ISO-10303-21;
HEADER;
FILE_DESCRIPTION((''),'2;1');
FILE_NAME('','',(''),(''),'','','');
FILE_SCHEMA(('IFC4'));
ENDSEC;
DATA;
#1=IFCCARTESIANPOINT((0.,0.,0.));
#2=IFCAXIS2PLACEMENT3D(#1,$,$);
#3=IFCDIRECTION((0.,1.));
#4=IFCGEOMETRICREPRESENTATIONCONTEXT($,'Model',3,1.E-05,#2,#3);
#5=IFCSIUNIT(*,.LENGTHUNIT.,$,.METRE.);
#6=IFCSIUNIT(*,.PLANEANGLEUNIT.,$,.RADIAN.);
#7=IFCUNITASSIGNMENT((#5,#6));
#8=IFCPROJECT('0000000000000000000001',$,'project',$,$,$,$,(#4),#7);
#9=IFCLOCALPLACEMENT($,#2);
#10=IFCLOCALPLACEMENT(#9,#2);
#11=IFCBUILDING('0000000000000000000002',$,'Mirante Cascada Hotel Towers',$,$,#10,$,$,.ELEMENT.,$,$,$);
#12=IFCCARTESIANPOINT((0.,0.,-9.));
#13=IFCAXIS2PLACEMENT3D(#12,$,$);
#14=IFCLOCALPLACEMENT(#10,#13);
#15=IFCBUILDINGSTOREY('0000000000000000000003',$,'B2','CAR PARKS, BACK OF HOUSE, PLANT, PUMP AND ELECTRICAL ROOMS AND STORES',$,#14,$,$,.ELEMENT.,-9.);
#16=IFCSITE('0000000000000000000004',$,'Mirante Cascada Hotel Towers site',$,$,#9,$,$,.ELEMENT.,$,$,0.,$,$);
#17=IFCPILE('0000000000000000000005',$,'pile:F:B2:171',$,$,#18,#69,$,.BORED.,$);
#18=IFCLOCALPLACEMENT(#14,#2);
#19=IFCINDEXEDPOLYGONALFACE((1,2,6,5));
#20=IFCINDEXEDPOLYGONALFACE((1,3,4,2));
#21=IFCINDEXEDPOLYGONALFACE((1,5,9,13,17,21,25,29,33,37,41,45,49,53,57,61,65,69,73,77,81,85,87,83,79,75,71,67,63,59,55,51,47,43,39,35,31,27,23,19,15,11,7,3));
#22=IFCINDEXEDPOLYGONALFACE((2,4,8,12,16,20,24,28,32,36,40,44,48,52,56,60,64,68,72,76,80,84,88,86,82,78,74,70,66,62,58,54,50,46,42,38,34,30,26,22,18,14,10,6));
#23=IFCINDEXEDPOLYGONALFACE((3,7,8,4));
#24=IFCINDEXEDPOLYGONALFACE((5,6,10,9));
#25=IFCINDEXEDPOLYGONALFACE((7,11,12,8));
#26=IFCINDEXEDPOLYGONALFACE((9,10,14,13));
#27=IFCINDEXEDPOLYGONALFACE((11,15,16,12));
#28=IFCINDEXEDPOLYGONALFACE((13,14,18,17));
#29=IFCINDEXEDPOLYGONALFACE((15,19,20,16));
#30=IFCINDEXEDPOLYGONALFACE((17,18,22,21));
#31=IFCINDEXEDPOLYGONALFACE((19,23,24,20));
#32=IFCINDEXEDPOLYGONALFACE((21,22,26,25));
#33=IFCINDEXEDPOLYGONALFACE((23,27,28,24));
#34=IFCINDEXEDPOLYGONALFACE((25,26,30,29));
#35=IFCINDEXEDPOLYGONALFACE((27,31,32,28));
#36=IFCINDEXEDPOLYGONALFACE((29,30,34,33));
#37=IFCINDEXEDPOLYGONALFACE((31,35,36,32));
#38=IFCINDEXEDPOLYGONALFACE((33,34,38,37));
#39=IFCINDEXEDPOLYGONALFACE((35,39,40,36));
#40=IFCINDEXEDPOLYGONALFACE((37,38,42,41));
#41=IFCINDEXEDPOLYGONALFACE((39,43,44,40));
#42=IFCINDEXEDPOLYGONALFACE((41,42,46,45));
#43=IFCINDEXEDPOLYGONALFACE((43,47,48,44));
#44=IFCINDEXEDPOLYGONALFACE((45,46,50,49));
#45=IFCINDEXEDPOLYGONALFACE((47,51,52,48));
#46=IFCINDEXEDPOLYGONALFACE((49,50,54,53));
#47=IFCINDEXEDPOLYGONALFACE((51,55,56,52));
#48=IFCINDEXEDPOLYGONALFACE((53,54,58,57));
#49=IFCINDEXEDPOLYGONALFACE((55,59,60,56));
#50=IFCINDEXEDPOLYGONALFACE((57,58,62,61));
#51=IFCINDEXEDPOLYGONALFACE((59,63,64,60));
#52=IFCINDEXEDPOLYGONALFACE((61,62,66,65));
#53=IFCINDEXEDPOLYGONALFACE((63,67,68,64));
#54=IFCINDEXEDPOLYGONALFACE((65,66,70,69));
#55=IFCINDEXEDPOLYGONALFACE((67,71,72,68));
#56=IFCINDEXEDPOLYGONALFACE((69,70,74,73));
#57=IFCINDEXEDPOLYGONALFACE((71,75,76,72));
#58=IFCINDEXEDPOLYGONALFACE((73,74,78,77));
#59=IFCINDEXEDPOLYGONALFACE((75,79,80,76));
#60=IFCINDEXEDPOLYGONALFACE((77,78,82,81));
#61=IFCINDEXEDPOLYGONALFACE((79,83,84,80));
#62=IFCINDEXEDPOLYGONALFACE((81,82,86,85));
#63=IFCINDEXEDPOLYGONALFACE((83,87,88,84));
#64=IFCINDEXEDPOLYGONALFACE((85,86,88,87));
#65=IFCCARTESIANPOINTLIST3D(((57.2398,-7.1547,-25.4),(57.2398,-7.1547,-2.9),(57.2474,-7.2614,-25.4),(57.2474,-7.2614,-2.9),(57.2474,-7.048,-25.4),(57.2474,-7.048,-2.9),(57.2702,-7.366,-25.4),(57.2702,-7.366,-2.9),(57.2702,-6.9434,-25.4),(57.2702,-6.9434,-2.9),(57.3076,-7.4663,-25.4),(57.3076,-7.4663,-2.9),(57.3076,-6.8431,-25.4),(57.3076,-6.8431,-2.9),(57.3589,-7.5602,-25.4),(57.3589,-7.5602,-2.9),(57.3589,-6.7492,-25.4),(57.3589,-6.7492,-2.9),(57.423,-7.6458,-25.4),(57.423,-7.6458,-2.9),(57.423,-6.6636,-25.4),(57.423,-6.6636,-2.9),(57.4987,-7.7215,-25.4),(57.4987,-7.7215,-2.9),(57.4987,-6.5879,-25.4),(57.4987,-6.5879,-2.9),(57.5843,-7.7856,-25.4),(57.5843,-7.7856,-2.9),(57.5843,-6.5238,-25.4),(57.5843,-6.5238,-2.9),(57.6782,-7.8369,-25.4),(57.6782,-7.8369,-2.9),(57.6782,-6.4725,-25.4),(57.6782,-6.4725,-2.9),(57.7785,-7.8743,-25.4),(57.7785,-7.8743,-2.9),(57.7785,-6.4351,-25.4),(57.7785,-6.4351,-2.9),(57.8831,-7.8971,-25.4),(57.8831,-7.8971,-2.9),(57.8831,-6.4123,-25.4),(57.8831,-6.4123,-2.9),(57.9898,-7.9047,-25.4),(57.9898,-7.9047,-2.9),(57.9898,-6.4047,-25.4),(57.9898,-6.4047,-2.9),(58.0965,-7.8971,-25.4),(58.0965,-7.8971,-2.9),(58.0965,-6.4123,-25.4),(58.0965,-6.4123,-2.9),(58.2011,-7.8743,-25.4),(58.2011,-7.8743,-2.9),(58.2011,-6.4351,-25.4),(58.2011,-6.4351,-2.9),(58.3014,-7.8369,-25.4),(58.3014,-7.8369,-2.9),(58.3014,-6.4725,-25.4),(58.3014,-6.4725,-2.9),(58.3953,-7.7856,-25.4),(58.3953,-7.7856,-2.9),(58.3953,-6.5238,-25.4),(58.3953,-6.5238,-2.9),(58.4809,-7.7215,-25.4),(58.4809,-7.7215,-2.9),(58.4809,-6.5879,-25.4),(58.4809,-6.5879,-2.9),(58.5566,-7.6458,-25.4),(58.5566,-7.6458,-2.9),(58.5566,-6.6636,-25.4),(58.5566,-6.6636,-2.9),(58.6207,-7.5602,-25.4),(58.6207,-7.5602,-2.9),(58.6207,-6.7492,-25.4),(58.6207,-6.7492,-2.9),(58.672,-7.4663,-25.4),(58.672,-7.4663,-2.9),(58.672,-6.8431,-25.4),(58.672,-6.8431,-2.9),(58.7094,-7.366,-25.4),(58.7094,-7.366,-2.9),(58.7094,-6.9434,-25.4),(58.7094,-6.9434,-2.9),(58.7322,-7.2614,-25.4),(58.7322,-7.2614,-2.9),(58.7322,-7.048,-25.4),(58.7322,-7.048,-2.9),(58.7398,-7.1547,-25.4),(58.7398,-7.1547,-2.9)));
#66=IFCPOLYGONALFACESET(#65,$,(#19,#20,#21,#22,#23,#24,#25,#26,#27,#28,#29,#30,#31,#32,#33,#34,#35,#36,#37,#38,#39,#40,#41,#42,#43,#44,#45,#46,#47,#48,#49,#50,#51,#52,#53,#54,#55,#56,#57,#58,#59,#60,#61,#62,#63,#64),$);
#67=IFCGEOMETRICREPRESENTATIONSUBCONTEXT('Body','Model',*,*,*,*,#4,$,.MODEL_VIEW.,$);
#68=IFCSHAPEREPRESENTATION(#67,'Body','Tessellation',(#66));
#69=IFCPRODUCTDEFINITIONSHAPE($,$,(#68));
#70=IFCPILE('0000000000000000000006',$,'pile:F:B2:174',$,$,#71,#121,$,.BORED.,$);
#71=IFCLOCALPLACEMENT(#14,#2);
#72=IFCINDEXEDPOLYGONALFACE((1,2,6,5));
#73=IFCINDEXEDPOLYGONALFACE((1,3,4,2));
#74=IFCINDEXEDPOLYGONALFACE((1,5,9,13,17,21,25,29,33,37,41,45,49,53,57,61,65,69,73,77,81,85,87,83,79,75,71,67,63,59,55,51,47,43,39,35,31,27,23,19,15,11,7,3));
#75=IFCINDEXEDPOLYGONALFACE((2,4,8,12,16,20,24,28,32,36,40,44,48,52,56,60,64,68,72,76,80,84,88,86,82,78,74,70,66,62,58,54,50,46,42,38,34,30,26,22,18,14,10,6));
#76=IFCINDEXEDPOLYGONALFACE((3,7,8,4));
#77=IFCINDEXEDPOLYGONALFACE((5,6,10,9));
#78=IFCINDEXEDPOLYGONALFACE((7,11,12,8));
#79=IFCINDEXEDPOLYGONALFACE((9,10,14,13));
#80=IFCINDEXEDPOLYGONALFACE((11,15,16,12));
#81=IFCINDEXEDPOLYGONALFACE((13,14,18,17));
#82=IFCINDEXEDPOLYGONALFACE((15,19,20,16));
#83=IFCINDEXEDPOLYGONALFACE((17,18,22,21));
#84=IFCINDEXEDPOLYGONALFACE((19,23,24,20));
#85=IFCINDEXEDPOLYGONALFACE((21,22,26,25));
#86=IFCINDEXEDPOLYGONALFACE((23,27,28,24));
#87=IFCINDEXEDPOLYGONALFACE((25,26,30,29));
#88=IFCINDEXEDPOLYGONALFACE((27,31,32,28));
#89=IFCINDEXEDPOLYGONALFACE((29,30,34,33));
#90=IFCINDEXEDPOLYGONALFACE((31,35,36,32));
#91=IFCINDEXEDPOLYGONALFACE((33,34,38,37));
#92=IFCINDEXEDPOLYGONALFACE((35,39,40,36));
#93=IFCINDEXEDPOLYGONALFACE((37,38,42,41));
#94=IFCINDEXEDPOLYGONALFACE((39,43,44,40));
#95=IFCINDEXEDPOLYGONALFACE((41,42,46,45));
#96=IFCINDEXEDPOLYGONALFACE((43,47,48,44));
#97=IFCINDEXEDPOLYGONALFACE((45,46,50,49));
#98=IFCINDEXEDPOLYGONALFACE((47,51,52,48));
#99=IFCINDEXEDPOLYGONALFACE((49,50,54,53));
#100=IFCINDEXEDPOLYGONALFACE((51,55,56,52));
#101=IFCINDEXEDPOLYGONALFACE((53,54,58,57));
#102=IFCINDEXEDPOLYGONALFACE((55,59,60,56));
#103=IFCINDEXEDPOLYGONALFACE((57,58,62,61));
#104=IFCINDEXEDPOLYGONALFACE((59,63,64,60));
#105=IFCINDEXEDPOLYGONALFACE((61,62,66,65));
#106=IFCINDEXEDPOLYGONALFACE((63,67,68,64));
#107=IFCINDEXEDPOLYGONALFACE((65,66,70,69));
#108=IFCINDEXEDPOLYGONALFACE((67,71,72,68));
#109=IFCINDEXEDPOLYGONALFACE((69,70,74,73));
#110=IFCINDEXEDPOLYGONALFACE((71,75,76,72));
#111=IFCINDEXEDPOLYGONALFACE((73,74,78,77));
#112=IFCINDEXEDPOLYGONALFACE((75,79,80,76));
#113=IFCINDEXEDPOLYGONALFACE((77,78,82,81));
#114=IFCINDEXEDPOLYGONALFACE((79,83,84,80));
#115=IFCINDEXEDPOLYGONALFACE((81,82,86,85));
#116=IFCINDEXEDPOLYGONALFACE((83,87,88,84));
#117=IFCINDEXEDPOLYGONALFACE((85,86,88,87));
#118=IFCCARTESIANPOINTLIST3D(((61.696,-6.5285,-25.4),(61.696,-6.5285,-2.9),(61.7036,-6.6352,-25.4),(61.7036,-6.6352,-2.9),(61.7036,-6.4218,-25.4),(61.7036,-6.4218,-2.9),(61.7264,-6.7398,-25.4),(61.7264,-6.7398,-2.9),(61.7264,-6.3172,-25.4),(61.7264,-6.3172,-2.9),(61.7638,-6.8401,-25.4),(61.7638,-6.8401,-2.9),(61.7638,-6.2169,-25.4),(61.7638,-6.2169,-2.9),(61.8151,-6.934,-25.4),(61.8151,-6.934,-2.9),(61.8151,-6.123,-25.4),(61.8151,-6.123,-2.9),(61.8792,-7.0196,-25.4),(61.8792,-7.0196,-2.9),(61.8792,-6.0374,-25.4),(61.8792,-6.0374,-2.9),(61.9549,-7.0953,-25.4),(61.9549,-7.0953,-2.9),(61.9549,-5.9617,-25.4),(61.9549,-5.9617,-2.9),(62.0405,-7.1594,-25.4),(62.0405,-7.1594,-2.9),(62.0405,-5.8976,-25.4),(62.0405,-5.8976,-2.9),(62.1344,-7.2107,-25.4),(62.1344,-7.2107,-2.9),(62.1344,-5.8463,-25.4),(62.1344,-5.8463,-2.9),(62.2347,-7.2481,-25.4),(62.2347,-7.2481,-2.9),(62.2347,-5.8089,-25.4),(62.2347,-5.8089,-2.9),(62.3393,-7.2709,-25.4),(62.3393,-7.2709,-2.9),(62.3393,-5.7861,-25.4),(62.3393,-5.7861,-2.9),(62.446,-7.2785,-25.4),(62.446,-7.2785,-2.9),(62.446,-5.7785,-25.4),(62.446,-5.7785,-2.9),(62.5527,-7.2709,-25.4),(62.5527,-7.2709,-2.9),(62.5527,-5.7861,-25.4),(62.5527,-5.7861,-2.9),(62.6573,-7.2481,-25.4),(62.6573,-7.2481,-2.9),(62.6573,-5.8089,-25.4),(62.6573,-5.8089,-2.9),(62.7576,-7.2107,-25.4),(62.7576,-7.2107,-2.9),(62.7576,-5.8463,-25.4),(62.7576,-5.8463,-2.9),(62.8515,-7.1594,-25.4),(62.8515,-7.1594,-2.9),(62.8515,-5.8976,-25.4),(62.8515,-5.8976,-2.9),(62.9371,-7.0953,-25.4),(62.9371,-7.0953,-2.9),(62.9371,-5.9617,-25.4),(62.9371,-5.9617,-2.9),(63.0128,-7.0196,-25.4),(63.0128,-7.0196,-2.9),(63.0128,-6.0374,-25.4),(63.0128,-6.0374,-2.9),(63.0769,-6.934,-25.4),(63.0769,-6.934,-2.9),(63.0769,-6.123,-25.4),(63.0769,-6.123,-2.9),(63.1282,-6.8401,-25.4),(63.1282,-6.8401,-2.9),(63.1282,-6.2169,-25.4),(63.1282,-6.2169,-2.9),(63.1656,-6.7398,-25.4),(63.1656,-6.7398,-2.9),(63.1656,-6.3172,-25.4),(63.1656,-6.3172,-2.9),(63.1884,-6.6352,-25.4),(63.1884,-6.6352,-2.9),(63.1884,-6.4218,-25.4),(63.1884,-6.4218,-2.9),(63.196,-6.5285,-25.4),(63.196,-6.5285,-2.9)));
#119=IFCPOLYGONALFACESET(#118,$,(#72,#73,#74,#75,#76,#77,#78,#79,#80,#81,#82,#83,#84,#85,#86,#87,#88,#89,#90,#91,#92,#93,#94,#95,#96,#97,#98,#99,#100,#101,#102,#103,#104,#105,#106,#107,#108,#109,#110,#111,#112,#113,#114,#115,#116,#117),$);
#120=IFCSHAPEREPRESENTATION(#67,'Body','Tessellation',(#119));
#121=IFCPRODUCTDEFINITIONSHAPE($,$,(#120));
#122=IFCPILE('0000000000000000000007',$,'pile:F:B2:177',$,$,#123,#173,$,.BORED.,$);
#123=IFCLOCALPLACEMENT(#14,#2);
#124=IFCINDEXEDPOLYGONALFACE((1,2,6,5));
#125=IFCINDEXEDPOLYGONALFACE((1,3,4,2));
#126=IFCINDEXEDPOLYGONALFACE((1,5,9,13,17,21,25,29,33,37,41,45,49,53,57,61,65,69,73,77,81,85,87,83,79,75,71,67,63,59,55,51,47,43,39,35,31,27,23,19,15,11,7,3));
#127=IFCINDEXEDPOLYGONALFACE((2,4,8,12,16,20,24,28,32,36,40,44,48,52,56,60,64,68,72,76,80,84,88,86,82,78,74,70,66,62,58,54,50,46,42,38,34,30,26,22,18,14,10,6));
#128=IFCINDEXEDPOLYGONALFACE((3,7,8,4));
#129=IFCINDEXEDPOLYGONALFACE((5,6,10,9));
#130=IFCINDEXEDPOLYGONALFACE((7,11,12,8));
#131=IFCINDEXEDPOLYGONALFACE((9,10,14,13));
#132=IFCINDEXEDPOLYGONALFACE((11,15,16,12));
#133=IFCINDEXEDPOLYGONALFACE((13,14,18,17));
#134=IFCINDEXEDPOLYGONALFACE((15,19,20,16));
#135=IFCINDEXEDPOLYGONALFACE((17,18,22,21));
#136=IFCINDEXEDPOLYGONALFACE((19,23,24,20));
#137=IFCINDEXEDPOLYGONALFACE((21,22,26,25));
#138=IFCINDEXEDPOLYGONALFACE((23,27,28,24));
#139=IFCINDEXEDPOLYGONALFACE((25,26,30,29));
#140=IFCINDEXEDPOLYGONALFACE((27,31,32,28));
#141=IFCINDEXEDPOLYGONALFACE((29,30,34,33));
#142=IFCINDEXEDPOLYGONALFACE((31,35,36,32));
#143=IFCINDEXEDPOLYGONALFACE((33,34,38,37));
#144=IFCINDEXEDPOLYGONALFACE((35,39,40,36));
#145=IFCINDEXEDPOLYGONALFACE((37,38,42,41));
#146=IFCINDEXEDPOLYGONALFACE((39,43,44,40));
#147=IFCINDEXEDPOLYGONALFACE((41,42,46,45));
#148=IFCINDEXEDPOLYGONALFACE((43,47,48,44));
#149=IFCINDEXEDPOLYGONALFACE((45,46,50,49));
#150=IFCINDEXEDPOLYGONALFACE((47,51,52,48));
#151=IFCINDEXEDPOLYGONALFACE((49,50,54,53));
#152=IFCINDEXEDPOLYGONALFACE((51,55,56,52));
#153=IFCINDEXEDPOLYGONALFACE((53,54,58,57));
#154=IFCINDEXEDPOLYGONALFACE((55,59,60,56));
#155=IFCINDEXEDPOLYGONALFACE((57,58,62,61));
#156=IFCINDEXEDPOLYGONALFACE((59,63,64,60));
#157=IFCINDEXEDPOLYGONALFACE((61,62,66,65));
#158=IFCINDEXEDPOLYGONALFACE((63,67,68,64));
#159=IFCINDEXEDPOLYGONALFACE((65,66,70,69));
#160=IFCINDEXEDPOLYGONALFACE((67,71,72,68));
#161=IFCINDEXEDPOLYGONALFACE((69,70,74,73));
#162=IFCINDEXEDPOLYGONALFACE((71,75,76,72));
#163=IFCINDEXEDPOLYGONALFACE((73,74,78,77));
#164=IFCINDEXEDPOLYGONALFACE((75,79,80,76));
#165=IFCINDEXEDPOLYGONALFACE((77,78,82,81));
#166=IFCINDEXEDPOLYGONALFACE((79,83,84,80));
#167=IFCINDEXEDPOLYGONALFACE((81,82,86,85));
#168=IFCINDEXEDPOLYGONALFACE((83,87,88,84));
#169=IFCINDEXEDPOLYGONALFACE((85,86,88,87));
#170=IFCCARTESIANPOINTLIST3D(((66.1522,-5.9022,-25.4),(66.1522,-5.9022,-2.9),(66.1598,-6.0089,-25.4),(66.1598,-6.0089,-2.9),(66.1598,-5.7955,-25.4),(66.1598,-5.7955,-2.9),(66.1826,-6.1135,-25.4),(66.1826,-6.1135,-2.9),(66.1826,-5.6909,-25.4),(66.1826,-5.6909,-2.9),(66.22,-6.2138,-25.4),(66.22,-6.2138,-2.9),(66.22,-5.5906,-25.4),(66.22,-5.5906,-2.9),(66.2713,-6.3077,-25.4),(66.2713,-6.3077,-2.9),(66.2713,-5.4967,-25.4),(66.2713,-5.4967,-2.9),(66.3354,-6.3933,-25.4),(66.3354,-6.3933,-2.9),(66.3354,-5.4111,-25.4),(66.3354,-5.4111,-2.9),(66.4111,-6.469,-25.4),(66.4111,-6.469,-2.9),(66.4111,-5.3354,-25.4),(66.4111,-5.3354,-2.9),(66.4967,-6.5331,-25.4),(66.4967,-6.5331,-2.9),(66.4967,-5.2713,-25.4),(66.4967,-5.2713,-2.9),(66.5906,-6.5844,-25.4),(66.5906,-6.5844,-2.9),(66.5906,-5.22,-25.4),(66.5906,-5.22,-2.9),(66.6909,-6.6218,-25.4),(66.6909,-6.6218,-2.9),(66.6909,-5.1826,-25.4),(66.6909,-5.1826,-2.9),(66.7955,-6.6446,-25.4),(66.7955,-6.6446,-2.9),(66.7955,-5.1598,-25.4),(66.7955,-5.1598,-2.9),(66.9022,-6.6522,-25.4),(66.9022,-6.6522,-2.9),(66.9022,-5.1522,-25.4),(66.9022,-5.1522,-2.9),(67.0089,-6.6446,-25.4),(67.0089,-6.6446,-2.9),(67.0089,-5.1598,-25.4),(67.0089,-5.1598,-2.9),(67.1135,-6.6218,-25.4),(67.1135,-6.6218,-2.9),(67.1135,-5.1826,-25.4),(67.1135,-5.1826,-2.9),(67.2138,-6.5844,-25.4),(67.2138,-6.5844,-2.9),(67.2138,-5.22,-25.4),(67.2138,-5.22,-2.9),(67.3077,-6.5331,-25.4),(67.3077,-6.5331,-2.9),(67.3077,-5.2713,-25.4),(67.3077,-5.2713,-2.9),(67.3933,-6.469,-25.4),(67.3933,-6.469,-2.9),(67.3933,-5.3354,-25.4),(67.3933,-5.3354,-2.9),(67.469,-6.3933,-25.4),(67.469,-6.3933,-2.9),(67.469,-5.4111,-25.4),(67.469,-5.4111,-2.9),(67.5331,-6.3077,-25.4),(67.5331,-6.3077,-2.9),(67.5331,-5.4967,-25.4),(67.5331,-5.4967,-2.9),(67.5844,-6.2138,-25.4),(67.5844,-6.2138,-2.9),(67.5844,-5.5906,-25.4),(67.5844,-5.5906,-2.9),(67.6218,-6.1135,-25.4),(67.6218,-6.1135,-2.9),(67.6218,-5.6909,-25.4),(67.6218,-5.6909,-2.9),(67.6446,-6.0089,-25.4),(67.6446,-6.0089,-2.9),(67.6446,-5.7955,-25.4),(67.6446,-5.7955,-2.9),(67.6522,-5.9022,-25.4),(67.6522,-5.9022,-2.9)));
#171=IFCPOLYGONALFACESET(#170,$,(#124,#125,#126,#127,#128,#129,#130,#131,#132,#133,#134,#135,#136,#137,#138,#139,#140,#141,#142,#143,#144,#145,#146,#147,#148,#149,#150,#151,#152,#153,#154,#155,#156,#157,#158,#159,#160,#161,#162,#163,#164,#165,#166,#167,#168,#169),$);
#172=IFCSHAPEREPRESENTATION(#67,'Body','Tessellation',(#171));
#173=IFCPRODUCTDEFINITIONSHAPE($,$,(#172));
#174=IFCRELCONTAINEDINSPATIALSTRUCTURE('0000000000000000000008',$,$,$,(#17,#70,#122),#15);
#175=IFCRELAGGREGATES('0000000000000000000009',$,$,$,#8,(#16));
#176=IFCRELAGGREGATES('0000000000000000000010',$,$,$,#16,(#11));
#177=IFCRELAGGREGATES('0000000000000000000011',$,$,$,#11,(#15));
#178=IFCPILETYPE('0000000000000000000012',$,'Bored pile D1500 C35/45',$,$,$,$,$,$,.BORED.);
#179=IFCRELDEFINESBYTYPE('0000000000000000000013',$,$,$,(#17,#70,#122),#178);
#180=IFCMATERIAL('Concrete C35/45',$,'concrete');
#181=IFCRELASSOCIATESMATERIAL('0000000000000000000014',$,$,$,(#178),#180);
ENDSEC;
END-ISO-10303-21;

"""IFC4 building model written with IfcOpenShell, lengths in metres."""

from ifc_helpers import new_model, si_unit, direction, frame, origin, origin_2d, place, context, subcontext, project, spatial, circle, extrude, material, material_profile, profile_set, type_object, element, save


model = new_model("IFC4")

# Units and contexts
model_context = context("Model", 3, precision=1e-05, world=origin(), true_north=direction((0.0, 1.0)))
body_context = subcontext(model_context, "Body", "Model", "MODEL_VIEW")
ifc_project = project(units=[si_unit("LENGTHUNIT", "METRE"), si_unit("PLANEANGLEUNIT", "RADIAN")], contexts=[model_context])

# Site, building, storey
site_placement = place(None, origin())
site = spatial("IfcSite", under=ifc_project, at=site_placement, Name="Mirante Cascada Hotel Towers site", CompositionType="ELEMENT", RefElevation=0.0)
building_placement = place(site_placement, origin())
building = spatial("IfcBuilding", under=site, at=building_placement, Name="Mirante Cascada Hotel Towers", CompositionType="ELEMENT")
storey_placement = place(building_placement, frame((0.0, 0.0, -9.0)))
storey = spatial("IfcBuildingStorey", under=building, at=storey_placement, Name="B2", Description="CAR PARKS, BACK OF HOUSE, PLANT, PUMP AND ELECTRICAL ROOMS AND STORES", CompositionType="ELEMENT", Elevation=-9.0)

# Piles
ifc_material_1 = material(Name="Concrete C35/45", Category="concrete")
ifc_material_profile_1 = material_profile(ifc_material_1, circle(Radius=0.75, at=origin_2d()), Name="RC D1500")
ifc_profile_set_1 = profile_set([ifc_material_profile_1], Name="Concrete C35/45")
pile_type = type_object("IfcPileType", Name="Bored pile D1500 C35/45", PredefinedType="BORED", material=ifc_profile_set_1)
for number, where, z_axis, x_axis, name in (
    (1, (57.9898, -7.1547, -2.9), (0.0, 0.0, -1.0), (1.0, 0.0, 0.0), "pile:F:B2:171"),
    (2, (62.446, -6.5285, -2.9), (0.0, 0.0, -1.0), (1.0, 0.0, 0.0), "pile:F:B2:174"),
    (3, (66.9022, -5.9022, -2.9), (0.0, 0.0, -1.0), (1.0, 0.0, 0.0), "pile:F:B2:177"),
):
    element("IfcPile", number, at=place(storey_placement, frame(where, z_axis=z_axis, x_axis=x_axis)), inside=storey, type_object=pile_type, Name=name, PredefinedType="BORED", context=body_context, shape_type="SweptSolid", body=[
        extrude(circle(Radius=0.75, at=origin_2d()), origin(), (0.0, 0.0, 1.0), 22.5),
    ])

save(model, "model.ifc")
